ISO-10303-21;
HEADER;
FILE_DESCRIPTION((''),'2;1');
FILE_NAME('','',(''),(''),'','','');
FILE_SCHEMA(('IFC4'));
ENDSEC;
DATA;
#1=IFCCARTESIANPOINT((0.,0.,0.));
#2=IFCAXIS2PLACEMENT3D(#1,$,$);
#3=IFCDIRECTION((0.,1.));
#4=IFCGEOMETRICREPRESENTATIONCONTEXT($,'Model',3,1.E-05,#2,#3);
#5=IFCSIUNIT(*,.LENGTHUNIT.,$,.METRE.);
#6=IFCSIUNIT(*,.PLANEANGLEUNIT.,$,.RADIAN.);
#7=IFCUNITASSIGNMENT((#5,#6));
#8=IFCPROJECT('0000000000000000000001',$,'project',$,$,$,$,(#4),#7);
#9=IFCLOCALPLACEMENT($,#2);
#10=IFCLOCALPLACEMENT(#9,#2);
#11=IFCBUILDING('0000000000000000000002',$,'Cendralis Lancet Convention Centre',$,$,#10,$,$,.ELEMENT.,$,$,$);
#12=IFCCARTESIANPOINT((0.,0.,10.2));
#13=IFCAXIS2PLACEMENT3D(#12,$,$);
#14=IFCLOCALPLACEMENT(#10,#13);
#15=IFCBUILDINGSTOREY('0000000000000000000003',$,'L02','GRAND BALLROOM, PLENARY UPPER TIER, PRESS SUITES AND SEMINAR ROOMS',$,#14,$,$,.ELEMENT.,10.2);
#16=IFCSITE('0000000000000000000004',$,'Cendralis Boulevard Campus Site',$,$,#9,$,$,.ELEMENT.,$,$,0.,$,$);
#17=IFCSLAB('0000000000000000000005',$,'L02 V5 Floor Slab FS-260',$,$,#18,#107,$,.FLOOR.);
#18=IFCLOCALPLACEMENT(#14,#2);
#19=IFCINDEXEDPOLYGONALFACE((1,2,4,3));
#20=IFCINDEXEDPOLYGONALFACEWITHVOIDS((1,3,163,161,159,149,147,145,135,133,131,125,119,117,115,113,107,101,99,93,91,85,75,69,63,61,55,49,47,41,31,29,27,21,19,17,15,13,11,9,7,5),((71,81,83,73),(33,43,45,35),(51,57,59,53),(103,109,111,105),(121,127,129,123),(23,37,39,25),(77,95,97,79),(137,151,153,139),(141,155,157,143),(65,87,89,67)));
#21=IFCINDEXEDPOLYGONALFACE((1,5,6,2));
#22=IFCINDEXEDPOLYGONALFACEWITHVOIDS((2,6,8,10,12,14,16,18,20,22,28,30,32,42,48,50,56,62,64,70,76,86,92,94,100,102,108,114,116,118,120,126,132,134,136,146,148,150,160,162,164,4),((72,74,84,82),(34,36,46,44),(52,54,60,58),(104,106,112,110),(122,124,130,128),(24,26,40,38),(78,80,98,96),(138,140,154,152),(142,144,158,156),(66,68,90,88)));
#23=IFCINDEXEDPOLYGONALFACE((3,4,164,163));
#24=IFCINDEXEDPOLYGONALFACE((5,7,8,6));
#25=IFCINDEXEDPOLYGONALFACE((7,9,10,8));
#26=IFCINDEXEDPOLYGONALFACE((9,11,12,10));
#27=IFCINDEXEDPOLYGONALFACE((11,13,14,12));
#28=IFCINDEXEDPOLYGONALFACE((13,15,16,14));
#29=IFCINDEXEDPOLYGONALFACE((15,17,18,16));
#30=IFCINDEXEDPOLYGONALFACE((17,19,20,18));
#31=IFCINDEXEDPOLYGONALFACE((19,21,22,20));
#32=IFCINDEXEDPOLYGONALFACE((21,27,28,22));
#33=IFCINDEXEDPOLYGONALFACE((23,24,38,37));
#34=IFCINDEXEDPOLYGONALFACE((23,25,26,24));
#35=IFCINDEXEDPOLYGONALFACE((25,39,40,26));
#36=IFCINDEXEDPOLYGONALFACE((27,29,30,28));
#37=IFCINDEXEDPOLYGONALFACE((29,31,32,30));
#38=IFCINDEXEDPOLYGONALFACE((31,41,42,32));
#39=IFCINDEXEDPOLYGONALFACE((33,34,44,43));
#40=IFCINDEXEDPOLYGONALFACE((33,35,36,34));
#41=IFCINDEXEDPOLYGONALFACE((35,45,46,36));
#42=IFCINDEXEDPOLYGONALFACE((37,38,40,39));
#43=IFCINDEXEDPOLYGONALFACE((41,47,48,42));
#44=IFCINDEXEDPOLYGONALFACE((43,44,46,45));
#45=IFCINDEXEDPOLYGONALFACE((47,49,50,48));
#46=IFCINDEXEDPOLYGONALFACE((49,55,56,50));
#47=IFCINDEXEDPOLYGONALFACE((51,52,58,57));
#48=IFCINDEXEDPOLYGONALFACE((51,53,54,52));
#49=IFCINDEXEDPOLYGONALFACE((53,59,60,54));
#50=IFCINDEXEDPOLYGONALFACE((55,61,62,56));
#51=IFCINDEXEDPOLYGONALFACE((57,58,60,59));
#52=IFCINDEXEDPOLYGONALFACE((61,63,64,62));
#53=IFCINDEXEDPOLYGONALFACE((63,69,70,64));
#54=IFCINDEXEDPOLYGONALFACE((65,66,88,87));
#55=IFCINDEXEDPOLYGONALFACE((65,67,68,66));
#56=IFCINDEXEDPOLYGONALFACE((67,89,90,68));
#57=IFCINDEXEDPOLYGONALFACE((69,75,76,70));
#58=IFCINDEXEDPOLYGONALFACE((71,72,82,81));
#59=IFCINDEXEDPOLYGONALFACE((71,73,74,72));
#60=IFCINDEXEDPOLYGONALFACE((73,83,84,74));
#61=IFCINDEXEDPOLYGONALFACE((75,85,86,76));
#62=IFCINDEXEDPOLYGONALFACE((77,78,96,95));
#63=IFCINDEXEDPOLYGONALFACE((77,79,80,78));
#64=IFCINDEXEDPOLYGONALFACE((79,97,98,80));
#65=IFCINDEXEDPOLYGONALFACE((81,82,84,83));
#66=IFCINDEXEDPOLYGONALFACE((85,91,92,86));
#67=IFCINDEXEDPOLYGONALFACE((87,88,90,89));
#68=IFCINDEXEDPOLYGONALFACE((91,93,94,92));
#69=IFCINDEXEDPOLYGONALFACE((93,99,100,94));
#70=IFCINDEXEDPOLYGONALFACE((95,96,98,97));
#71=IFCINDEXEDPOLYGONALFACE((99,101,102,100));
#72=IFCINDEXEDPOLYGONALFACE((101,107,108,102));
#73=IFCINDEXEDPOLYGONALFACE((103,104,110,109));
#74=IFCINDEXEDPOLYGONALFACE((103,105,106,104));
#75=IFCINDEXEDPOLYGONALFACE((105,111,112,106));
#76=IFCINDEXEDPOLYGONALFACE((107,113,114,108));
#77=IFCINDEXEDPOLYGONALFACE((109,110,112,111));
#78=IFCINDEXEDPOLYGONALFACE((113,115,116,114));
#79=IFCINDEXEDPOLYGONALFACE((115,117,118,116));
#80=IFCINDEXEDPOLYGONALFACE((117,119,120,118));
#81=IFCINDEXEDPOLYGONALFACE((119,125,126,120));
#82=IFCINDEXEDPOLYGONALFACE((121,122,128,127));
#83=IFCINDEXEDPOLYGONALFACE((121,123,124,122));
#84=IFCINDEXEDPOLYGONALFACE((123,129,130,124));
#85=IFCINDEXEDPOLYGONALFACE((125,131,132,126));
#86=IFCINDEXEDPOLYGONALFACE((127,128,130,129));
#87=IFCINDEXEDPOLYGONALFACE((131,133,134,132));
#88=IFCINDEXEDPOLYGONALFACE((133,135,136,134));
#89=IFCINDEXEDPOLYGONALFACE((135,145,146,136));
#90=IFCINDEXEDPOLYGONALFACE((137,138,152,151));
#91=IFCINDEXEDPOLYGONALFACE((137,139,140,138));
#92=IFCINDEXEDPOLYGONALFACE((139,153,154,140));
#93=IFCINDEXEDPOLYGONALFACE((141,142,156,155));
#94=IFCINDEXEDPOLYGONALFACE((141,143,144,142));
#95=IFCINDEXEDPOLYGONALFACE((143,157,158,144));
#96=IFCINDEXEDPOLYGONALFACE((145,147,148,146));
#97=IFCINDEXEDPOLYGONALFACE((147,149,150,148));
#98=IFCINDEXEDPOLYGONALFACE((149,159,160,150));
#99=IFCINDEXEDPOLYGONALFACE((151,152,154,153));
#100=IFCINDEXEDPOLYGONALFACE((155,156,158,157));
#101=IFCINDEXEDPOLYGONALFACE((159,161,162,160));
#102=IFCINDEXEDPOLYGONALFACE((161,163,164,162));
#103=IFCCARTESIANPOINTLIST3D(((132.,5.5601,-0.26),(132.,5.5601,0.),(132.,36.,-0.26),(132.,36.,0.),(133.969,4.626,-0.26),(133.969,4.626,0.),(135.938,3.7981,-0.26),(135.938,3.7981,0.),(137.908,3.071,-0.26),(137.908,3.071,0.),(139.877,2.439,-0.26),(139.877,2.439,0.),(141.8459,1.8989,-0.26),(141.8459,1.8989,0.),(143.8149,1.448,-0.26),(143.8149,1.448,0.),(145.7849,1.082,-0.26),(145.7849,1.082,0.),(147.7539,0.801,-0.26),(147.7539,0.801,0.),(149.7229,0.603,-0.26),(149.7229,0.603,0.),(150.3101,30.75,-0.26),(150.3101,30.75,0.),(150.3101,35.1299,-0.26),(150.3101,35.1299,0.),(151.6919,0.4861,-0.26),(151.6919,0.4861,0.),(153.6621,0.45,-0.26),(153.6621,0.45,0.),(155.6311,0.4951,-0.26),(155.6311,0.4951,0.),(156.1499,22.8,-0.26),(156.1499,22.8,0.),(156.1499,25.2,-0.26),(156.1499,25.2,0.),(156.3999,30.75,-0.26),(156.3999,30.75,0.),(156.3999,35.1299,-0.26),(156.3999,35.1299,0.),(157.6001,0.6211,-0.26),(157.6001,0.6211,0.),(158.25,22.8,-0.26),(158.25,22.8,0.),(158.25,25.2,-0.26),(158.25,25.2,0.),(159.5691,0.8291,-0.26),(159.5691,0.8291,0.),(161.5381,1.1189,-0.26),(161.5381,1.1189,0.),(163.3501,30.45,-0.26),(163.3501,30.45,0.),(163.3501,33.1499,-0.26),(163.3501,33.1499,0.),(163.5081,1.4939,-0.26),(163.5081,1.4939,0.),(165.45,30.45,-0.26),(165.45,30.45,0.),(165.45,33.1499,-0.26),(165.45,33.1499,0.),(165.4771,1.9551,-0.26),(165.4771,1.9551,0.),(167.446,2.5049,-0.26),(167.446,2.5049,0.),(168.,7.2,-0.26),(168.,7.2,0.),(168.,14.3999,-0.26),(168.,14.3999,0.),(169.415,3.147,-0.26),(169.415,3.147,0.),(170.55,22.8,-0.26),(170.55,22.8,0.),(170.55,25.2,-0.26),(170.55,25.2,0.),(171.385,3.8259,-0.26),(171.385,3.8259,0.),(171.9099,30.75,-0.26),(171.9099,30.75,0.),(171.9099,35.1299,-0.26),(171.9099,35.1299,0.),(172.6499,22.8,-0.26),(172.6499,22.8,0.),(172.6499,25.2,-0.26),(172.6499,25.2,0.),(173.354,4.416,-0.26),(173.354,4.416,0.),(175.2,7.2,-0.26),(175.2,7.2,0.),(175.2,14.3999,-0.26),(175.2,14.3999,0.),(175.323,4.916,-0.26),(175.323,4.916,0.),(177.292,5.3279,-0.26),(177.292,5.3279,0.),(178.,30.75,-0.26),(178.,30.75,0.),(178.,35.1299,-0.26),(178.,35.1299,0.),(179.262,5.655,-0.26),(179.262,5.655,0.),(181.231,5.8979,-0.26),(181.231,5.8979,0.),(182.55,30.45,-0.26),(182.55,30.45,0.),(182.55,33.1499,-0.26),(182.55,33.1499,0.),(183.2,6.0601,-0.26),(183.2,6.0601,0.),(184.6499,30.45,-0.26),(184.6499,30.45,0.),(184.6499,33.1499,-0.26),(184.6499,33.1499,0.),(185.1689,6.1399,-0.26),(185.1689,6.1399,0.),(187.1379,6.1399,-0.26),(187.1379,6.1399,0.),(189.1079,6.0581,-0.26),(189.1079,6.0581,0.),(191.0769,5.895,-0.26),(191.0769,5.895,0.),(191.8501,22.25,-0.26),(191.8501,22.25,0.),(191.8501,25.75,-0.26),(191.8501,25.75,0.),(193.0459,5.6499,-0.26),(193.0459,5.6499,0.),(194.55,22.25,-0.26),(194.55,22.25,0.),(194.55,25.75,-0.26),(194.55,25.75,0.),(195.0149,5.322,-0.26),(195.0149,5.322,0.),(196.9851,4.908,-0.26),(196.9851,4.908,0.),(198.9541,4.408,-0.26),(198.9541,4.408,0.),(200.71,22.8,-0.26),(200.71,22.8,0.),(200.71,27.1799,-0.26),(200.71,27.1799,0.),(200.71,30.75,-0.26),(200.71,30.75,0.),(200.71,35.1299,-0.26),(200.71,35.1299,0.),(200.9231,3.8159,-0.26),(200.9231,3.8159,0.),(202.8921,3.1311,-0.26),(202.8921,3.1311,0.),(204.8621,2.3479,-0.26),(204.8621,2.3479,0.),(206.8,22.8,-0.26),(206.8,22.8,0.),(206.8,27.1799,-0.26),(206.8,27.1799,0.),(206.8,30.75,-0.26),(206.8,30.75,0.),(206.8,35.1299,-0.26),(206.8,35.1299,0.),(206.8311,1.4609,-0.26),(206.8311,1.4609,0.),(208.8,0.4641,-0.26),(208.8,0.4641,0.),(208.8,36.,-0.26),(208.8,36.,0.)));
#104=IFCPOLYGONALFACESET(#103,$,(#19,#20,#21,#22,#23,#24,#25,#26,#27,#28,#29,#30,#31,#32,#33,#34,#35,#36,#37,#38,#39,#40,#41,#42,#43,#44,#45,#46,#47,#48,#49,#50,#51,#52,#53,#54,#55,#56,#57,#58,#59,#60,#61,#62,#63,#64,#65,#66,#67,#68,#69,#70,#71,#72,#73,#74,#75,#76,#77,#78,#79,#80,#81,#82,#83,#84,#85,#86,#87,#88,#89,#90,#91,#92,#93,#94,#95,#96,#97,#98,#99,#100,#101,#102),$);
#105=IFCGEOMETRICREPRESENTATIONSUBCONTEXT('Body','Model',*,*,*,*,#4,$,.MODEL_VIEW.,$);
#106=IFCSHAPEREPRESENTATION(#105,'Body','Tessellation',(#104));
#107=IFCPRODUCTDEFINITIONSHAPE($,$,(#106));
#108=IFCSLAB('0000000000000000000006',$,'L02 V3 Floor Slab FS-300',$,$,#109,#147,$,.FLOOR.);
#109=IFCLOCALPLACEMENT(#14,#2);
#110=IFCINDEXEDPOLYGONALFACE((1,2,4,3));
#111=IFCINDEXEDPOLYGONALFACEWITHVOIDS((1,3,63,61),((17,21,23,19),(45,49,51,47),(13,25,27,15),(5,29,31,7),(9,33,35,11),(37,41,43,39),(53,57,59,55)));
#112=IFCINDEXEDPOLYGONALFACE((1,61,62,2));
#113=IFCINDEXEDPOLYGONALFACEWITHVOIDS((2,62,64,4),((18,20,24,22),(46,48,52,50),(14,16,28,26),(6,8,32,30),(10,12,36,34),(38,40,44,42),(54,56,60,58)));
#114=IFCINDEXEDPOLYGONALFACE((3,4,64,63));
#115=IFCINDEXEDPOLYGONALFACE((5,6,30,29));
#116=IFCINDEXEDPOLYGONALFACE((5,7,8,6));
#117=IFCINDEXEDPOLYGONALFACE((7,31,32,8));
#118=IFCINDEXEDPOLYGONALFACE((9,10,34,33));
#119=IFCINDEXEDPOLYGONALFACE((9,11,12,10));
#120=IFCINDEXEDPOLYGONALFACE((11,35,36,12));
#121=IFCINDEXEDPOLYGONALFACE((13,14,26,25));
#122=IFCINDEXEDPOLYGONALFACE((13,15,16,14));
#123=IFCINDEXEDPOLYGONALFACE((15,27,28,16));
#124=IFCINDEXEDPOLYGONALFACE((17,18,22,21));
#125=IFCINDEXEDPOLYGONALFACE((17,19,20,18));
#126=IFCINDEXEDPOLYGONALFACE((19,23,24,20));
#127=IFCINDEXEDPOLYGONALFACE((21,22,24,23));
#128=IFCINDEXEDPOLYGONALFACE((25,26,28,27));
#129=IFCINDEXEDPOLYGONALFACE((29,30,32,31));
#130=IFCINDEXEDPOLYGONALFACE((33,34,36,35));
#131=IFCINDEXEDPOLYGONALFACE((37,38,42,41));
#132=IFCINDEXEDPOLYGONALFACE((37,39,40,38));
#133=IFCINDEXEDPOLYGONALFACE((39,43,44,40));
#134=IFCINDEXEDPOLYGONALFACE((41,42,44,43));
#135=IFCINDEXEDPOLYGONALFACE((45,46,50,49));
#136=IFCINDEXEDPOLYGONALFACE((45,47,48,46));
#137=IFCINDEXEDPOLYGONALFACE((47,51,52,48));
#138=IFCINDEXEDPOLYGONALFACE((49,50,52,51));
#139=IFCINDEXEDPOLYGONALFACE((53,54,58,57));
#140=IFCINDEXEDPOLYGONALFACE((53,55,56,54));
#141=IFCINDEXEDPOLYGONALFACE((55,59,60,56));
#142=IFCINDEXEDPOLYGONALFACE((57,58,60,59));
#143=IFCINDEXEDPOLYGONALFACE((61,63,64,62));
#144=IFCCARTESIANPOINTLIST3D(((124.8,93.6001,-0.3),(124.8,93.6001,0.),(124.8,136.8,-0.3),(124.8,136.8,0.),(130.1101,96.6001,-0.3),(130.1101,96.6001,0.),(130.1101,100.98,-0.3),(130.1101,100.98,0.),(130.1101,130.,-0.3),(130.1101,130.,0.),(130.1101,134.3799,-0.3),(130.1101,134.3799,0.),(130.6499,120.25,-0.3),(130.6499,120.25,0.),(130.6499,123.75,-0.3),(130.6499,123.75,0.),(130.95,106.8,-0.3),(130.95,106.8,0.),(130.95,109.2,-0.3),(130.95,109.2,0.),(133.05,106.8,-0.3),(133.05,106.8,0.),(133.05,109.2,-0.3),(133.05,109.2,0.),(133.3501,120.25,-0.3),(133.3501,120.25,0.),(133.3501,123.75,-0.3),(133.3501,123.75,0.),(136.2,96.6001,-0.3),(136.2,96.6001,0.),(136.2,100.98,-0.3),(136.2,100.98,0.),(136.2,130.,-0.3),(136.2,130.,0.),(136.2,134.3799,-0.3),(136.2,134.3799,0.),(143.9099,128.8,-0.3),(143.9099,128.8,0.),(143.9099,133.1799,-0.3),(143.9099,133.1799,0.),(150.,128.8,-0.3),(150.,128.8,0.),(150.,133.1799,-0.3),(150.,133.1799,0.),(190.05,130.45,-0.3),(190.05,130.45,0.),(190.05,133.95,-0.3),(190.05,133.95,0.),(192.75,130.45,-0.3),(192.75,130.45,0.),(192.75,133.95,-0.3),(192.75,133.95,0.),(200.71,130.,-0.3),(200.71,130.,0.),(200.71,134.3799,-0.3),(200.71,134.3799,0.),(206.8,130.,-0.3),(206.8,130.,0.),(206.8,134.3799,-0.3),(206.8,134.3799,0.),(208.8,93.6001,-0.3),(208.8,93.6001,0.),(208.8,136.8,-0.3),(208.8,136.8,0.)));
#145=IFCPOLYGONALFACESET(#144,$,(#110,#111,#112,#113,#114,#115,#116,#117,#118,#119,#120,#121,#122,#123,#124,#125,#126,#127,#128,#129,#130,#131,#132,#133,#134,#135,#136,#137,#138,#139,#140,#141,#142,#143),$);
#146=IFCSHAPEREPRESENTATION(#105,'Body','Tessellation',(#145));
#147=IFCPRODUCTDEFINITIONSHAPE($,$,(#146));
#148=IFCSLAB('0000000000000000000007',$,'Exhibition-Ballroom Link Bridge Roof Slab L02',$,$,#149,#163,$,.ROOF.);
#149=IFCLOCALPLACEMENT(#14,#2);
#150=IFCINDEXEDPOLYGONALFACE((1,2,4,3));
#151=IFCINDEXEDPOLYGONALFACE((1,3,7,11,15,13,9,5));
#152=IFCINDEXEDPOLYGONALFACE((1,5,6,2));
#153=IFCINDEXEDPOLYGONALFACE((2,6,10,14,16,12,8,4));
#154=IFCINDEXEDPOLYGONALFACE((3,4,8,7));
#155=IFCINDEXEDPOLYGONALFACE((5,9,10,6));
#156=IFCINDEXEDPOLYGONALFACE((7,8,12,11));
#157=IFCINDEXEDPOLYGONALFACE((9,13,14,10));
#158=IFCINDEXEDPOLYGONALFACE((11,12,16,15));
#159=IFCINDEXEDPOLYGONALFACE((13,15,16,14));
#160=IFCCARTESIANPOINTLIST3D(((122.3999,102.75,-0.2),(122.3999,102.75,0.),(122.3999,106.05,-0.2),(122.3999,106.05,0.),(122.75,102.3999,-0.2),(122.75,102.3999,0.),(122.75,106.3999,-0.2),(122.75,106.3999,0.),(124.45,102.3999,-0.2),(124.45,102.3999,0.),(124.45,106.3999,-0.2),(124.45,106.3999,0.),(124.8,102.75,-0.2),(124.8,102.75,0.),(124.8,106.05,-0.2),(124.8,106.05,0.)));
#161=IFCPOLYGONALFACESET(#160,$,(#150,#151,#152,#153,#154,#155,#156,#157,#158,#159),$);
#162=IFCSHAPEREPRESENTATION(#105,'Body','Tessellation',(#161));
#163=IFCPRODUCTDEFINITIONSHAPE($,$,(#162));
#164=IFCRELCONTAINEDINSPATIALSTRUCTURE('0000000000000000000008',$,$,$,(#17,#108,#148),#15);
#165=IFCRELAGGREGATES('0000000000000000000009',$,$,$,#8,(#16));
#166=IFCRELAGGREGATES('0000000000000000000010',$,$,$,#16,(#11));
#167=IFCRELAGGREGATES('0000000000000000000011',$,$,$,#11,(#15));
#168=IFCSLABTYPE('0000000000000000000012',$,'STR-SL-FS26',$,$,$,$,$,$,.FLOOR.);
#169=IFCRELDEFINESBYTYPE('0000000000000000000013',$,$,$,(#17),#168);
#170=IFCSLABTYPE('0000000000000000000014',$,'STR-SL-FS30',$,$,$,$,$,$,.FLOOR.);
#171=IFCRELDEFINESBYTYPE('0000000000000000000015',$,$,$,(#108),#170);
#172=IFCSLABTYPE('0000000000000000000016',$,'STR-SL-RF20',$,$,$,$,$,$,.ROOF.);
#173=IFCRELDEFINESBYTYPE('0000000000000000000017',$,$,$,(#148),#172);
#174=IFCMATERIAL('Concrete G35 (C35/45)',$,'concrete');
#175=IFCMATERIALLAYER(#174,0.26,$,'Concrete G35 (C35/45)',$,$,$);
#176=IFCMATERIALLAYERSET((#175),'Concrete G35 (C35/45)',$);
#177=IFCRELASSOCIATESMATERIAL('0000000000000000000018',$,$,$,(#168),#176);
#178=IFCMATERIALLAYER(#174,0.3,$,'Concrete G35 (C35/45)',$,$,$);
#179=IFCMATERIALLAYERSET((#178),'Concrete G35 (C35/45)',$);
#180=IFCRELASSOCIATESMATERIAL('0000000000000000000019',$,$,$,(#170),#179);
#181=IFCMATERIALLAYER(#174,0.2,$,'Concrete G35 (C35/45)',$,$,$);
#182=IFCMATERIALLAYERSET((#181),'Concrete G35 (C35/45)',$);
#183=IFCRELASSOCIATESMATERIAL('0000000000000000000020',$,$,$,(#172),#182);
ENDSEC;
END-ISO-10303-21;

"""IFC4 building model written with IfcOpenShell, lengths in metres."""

from ifc_helpers import new_model, si_unit, direction, frame, origin, place, context, subcontext, project, spatial, polyline, outline, extrude, material, layer, layer_set, type_object, element, save


model = new_model("IFC4")

# Units and contexts
model_context = context("Model", 3, precision=1e-05, world=origin(), true_north=direction((0.0, 1.0)))
body_context = subcontext(model_context, "Body", "Model", "MODEL_VIEW")
ifc_project = project(units=[si_unit("LENGTHUNIT", "METRE"), si_unit("PLANEANGLEUNIT", "RADIAN")], contexts=[model_context])

# Site, building, storey
site_placement = place(None, origin())
site = spatial("IfcSite", under=ifc_project, at=site_placement, Name="Cendralis Boulevard Campus Site", CompositionType="ELEMENT", RefElevation=0.0)
building_placement = place(site_placement, origin())
building = spatial("IfcBuilding", under=site, at=building_placement, Name="Cendralis Lancet Convention Centre", CompositionType="ELEMENT")
storey_placement = place(building_placement, frame((0.0, 0.0, 10.2)))
storey = spatial("IfcBuildingStorey", under=building, at=storey_placement, Name="L02", Description="GRAND BALLROOM, PLENARY UPPER TIER, PRESS SUITES AND SEMINAR ROOMS", CompositionType="ELEMENT", Elevation=10.2)

# Slabs
ifc_material_1 = material(Name="Concrete G35 (C35/45)", Category="concrete")
ifc_layer_1 = layer(ifc_material_1, 0.26, Name="Concrete G35 (C35/45)")
ifc_layer_set_1 = layer_set([ifc_layer_1], Name="Concrete G35 (C35/45)")
slab_type_1 = type_object("IfcSlabType", Name="STR-SL-FS26", PredefinedType="FLOOR", material=ifc_layer_set_1)
slab_1_placement = place(storey_placement, frame((0.0, 0.0, -0.26)))
element("IfcSlab", 1, at=slab_1_placement, inside=storey, type_object=slab_type_1, Name="L02 V5 Floor Slab FS-260", PredefinedType="FLOOR", context=body_context, shape_type="SweptSolid", body=[
    extrude(outline(polyline([(132.0, 5.5601), (133.969, 4.626), (135.938, 3.7981), (137.908, 3.071), (139.877, 2.439), (141.8459, 1.8989), (143.8149, 1.448), (145.7849, 1.082), (147.7539, 0.801), (149.7229, 0.603), (151.6919, 0.4861), (153.6621, 0.45), (155.6311, 0.4951), (157.6001, 0.6211), (159.5691, 0.8291), (161.5381, 1.1189), (163.5081, 1.4939), (165.4771, 1.9551), (167.446, 2.5049), (169.415, 3.147), (171.385, 3.8259), (173.354, 4.416), (175.323, 4.916), (177.292, 5.3279), (179.262, 5.655), (181.231, 5.8979), (183.2, 6.0601), (185.1689, 6.1399), (187.1379, 6.1399), (189.1079, 6.0581), (191.0769, 5.895), (193.0459, 5.6499), (195.0149, 5.322), (196.9851, 4.908), (198.9541, 4.408), (200.9231, 3.8159), (202.8921, 3.1311), (204.8621, 2.3479), (206.8311, 1.4609), (208.8, 0.4641), (208.8, 36.0), (132.0, 36.0), (132.0, 5.5601)]), holes=[polyline([(168.0, 7.2), (175.2, 7.2), (175.2, 14.3999), (168.0, 14.3999), (168.0, 7.2)]), polyline([(150.3101, 30.75), (156.3999, 30.75), (156.3999, 35.1299), (150.3101, 35.1299), (150.3101, 30.75)]), polyline([(171.9099, 30.75), (178.0, 30.75), (178.0, 35.1299), (171.9099, 35.1299), (171.9099, 30.75)]), polyline([(200.71, 22.8), (206.8, 22.8), (206.8, 27.1799), (200.71, 27.1799), (200.71, 22.8)]), polyline([(200.71, 30.75), (206.8, 30.75), (206.8, 35.1299), (200.71, 35.1299), (200.71, 30.75)]), polyline([(163.3501, 30.45), (165.45, 30.45), (165.45, 33.1499), (163.3501, 33.1499), (163.3501, 30.45)]), polyline([(182.55, 30.45), (184.6499, 30.45), (184.6499, 33.1499), (182.55, 33.1499), (182.55, 30.45)]), polyline([(156.1499, 22.8), (158.25, 22.8), (158.25, 25.2), (156.1499, 25.2), (156.1499, 22.8)]), polyline([(170.55, 22.8), (172.6499, 22.8), (172.6499, 25.2), (170.55, 25.2), (170.55, 22.8)]), polyline([(191.8501, 22.25), (194.55, 22.25), (194.55, 25.75), (191.8501, 25.75), (191.8501, 22.25)])]), origin(), (0.0, 0.0, 1.0), 0.26),
])
ifc_layer_2 = layer(ifc_material_1, 0.3, Name="Concrete G35 (C35/45)")
ifc_layer_set_2 = layer_set([ifc_layer_2], Name="Concrete G35 (C35/45)")
slab_type_2 = type_object("IfcSlabType", Name="STR-SL-FS30", PredefinedType="FLOOR", material=ifc_layer_set_2)
slab_2_placement = place(storey_placement, frame((0.0, 0.0, -0.3)))
element("IfcSlab", 2, at=slab_2_placement, inside=storey, type_object=slab_type_2, Name="L02 V3 Floor Slab FS-300", PredefinedType="FLOOR", context=body_context, shape_type="SweptSolid", body=[
    extrude(outline(polyline([(124.8, 93.6001), (208.8, 93.6001), (208.8, 136.8), (124.8, 136.8), (124.8, 93.6001)]), holes=[polyline([(130.1101, 130.0), (136.2, 130.0), (136.2, 134.3799), (130.1101, 134.3799), (130.1101, 130.0)]), polyline([(200.71, 130.0), (206.8, 130.0), (206.8, 134.3799), (200.71, 134.3799), (200.71, 130.0)]), polyline([(130.1101, 96.6001), (136.2, 96.6001), (136.2, 100.98), (130.1101, 100.98), (130.1101, 96.6001)]), polyline([(143.9099, 128.8), (150.0, 128.8), (150.0, 133.1799), (143.9099, 133.1799), (143.9099, 128.8)]), polyline([(130.95, 106.8), (133.05, 106.8), (133.05, 109.2), (130.95, 109.2), (130.95, 106.8)]), polyline([(130.6499, 120.25), (133.3501, 120.25), (133.3501, 123.75), (130.6499, 123.75), (130.6499, 120.25)]), polyline([(190.05, 130.45), (192.75, 130.45), (192.75, 133.95), (190.05, 133.95), (190.05, 130.45)])]), origin(), (0.0, 0.0, 1.0), 0.3),
])
ifc_layer_3 = layer(ifc_material_1, 0.2, Name="Concrete G35 (C35/45)")
ifc_layer_set_3 = layer_set([ifc_layer_3], Name="Concrete G35 (C35/45)")
slab_type_3 = type_object("IfcSlabType", Name="STR-SL-RF20", PredefinedType="ROOF", material=ifc_layer_set_3)
slab_3_placement = place(storey_placement, frame((0.0, 0.0, -0.2)))
element("IfcSlab", 3, at=slab_3_placement, inside=storey, type_object=slab_type_3, Name="Exhibition-Ballroom Link Bridge Roof Slab L02", PredefinedType="ROOF", context=body_context, shape_type="SweptSolid", body=[
    extrude(outline(polyline([(122.75, 102.3999), (124.45, 102.3999), (124.8, 102.75), (124.8, 106.05), (124.45, 106.3999), (122.75, 106.3999), (122.3999, 106.05), (122.3999, 102.75), (122.75, 102.3999)])), origin(), (0.0, 0.0, 1.0), 0.2),
])

save(model, "model.ifc")
